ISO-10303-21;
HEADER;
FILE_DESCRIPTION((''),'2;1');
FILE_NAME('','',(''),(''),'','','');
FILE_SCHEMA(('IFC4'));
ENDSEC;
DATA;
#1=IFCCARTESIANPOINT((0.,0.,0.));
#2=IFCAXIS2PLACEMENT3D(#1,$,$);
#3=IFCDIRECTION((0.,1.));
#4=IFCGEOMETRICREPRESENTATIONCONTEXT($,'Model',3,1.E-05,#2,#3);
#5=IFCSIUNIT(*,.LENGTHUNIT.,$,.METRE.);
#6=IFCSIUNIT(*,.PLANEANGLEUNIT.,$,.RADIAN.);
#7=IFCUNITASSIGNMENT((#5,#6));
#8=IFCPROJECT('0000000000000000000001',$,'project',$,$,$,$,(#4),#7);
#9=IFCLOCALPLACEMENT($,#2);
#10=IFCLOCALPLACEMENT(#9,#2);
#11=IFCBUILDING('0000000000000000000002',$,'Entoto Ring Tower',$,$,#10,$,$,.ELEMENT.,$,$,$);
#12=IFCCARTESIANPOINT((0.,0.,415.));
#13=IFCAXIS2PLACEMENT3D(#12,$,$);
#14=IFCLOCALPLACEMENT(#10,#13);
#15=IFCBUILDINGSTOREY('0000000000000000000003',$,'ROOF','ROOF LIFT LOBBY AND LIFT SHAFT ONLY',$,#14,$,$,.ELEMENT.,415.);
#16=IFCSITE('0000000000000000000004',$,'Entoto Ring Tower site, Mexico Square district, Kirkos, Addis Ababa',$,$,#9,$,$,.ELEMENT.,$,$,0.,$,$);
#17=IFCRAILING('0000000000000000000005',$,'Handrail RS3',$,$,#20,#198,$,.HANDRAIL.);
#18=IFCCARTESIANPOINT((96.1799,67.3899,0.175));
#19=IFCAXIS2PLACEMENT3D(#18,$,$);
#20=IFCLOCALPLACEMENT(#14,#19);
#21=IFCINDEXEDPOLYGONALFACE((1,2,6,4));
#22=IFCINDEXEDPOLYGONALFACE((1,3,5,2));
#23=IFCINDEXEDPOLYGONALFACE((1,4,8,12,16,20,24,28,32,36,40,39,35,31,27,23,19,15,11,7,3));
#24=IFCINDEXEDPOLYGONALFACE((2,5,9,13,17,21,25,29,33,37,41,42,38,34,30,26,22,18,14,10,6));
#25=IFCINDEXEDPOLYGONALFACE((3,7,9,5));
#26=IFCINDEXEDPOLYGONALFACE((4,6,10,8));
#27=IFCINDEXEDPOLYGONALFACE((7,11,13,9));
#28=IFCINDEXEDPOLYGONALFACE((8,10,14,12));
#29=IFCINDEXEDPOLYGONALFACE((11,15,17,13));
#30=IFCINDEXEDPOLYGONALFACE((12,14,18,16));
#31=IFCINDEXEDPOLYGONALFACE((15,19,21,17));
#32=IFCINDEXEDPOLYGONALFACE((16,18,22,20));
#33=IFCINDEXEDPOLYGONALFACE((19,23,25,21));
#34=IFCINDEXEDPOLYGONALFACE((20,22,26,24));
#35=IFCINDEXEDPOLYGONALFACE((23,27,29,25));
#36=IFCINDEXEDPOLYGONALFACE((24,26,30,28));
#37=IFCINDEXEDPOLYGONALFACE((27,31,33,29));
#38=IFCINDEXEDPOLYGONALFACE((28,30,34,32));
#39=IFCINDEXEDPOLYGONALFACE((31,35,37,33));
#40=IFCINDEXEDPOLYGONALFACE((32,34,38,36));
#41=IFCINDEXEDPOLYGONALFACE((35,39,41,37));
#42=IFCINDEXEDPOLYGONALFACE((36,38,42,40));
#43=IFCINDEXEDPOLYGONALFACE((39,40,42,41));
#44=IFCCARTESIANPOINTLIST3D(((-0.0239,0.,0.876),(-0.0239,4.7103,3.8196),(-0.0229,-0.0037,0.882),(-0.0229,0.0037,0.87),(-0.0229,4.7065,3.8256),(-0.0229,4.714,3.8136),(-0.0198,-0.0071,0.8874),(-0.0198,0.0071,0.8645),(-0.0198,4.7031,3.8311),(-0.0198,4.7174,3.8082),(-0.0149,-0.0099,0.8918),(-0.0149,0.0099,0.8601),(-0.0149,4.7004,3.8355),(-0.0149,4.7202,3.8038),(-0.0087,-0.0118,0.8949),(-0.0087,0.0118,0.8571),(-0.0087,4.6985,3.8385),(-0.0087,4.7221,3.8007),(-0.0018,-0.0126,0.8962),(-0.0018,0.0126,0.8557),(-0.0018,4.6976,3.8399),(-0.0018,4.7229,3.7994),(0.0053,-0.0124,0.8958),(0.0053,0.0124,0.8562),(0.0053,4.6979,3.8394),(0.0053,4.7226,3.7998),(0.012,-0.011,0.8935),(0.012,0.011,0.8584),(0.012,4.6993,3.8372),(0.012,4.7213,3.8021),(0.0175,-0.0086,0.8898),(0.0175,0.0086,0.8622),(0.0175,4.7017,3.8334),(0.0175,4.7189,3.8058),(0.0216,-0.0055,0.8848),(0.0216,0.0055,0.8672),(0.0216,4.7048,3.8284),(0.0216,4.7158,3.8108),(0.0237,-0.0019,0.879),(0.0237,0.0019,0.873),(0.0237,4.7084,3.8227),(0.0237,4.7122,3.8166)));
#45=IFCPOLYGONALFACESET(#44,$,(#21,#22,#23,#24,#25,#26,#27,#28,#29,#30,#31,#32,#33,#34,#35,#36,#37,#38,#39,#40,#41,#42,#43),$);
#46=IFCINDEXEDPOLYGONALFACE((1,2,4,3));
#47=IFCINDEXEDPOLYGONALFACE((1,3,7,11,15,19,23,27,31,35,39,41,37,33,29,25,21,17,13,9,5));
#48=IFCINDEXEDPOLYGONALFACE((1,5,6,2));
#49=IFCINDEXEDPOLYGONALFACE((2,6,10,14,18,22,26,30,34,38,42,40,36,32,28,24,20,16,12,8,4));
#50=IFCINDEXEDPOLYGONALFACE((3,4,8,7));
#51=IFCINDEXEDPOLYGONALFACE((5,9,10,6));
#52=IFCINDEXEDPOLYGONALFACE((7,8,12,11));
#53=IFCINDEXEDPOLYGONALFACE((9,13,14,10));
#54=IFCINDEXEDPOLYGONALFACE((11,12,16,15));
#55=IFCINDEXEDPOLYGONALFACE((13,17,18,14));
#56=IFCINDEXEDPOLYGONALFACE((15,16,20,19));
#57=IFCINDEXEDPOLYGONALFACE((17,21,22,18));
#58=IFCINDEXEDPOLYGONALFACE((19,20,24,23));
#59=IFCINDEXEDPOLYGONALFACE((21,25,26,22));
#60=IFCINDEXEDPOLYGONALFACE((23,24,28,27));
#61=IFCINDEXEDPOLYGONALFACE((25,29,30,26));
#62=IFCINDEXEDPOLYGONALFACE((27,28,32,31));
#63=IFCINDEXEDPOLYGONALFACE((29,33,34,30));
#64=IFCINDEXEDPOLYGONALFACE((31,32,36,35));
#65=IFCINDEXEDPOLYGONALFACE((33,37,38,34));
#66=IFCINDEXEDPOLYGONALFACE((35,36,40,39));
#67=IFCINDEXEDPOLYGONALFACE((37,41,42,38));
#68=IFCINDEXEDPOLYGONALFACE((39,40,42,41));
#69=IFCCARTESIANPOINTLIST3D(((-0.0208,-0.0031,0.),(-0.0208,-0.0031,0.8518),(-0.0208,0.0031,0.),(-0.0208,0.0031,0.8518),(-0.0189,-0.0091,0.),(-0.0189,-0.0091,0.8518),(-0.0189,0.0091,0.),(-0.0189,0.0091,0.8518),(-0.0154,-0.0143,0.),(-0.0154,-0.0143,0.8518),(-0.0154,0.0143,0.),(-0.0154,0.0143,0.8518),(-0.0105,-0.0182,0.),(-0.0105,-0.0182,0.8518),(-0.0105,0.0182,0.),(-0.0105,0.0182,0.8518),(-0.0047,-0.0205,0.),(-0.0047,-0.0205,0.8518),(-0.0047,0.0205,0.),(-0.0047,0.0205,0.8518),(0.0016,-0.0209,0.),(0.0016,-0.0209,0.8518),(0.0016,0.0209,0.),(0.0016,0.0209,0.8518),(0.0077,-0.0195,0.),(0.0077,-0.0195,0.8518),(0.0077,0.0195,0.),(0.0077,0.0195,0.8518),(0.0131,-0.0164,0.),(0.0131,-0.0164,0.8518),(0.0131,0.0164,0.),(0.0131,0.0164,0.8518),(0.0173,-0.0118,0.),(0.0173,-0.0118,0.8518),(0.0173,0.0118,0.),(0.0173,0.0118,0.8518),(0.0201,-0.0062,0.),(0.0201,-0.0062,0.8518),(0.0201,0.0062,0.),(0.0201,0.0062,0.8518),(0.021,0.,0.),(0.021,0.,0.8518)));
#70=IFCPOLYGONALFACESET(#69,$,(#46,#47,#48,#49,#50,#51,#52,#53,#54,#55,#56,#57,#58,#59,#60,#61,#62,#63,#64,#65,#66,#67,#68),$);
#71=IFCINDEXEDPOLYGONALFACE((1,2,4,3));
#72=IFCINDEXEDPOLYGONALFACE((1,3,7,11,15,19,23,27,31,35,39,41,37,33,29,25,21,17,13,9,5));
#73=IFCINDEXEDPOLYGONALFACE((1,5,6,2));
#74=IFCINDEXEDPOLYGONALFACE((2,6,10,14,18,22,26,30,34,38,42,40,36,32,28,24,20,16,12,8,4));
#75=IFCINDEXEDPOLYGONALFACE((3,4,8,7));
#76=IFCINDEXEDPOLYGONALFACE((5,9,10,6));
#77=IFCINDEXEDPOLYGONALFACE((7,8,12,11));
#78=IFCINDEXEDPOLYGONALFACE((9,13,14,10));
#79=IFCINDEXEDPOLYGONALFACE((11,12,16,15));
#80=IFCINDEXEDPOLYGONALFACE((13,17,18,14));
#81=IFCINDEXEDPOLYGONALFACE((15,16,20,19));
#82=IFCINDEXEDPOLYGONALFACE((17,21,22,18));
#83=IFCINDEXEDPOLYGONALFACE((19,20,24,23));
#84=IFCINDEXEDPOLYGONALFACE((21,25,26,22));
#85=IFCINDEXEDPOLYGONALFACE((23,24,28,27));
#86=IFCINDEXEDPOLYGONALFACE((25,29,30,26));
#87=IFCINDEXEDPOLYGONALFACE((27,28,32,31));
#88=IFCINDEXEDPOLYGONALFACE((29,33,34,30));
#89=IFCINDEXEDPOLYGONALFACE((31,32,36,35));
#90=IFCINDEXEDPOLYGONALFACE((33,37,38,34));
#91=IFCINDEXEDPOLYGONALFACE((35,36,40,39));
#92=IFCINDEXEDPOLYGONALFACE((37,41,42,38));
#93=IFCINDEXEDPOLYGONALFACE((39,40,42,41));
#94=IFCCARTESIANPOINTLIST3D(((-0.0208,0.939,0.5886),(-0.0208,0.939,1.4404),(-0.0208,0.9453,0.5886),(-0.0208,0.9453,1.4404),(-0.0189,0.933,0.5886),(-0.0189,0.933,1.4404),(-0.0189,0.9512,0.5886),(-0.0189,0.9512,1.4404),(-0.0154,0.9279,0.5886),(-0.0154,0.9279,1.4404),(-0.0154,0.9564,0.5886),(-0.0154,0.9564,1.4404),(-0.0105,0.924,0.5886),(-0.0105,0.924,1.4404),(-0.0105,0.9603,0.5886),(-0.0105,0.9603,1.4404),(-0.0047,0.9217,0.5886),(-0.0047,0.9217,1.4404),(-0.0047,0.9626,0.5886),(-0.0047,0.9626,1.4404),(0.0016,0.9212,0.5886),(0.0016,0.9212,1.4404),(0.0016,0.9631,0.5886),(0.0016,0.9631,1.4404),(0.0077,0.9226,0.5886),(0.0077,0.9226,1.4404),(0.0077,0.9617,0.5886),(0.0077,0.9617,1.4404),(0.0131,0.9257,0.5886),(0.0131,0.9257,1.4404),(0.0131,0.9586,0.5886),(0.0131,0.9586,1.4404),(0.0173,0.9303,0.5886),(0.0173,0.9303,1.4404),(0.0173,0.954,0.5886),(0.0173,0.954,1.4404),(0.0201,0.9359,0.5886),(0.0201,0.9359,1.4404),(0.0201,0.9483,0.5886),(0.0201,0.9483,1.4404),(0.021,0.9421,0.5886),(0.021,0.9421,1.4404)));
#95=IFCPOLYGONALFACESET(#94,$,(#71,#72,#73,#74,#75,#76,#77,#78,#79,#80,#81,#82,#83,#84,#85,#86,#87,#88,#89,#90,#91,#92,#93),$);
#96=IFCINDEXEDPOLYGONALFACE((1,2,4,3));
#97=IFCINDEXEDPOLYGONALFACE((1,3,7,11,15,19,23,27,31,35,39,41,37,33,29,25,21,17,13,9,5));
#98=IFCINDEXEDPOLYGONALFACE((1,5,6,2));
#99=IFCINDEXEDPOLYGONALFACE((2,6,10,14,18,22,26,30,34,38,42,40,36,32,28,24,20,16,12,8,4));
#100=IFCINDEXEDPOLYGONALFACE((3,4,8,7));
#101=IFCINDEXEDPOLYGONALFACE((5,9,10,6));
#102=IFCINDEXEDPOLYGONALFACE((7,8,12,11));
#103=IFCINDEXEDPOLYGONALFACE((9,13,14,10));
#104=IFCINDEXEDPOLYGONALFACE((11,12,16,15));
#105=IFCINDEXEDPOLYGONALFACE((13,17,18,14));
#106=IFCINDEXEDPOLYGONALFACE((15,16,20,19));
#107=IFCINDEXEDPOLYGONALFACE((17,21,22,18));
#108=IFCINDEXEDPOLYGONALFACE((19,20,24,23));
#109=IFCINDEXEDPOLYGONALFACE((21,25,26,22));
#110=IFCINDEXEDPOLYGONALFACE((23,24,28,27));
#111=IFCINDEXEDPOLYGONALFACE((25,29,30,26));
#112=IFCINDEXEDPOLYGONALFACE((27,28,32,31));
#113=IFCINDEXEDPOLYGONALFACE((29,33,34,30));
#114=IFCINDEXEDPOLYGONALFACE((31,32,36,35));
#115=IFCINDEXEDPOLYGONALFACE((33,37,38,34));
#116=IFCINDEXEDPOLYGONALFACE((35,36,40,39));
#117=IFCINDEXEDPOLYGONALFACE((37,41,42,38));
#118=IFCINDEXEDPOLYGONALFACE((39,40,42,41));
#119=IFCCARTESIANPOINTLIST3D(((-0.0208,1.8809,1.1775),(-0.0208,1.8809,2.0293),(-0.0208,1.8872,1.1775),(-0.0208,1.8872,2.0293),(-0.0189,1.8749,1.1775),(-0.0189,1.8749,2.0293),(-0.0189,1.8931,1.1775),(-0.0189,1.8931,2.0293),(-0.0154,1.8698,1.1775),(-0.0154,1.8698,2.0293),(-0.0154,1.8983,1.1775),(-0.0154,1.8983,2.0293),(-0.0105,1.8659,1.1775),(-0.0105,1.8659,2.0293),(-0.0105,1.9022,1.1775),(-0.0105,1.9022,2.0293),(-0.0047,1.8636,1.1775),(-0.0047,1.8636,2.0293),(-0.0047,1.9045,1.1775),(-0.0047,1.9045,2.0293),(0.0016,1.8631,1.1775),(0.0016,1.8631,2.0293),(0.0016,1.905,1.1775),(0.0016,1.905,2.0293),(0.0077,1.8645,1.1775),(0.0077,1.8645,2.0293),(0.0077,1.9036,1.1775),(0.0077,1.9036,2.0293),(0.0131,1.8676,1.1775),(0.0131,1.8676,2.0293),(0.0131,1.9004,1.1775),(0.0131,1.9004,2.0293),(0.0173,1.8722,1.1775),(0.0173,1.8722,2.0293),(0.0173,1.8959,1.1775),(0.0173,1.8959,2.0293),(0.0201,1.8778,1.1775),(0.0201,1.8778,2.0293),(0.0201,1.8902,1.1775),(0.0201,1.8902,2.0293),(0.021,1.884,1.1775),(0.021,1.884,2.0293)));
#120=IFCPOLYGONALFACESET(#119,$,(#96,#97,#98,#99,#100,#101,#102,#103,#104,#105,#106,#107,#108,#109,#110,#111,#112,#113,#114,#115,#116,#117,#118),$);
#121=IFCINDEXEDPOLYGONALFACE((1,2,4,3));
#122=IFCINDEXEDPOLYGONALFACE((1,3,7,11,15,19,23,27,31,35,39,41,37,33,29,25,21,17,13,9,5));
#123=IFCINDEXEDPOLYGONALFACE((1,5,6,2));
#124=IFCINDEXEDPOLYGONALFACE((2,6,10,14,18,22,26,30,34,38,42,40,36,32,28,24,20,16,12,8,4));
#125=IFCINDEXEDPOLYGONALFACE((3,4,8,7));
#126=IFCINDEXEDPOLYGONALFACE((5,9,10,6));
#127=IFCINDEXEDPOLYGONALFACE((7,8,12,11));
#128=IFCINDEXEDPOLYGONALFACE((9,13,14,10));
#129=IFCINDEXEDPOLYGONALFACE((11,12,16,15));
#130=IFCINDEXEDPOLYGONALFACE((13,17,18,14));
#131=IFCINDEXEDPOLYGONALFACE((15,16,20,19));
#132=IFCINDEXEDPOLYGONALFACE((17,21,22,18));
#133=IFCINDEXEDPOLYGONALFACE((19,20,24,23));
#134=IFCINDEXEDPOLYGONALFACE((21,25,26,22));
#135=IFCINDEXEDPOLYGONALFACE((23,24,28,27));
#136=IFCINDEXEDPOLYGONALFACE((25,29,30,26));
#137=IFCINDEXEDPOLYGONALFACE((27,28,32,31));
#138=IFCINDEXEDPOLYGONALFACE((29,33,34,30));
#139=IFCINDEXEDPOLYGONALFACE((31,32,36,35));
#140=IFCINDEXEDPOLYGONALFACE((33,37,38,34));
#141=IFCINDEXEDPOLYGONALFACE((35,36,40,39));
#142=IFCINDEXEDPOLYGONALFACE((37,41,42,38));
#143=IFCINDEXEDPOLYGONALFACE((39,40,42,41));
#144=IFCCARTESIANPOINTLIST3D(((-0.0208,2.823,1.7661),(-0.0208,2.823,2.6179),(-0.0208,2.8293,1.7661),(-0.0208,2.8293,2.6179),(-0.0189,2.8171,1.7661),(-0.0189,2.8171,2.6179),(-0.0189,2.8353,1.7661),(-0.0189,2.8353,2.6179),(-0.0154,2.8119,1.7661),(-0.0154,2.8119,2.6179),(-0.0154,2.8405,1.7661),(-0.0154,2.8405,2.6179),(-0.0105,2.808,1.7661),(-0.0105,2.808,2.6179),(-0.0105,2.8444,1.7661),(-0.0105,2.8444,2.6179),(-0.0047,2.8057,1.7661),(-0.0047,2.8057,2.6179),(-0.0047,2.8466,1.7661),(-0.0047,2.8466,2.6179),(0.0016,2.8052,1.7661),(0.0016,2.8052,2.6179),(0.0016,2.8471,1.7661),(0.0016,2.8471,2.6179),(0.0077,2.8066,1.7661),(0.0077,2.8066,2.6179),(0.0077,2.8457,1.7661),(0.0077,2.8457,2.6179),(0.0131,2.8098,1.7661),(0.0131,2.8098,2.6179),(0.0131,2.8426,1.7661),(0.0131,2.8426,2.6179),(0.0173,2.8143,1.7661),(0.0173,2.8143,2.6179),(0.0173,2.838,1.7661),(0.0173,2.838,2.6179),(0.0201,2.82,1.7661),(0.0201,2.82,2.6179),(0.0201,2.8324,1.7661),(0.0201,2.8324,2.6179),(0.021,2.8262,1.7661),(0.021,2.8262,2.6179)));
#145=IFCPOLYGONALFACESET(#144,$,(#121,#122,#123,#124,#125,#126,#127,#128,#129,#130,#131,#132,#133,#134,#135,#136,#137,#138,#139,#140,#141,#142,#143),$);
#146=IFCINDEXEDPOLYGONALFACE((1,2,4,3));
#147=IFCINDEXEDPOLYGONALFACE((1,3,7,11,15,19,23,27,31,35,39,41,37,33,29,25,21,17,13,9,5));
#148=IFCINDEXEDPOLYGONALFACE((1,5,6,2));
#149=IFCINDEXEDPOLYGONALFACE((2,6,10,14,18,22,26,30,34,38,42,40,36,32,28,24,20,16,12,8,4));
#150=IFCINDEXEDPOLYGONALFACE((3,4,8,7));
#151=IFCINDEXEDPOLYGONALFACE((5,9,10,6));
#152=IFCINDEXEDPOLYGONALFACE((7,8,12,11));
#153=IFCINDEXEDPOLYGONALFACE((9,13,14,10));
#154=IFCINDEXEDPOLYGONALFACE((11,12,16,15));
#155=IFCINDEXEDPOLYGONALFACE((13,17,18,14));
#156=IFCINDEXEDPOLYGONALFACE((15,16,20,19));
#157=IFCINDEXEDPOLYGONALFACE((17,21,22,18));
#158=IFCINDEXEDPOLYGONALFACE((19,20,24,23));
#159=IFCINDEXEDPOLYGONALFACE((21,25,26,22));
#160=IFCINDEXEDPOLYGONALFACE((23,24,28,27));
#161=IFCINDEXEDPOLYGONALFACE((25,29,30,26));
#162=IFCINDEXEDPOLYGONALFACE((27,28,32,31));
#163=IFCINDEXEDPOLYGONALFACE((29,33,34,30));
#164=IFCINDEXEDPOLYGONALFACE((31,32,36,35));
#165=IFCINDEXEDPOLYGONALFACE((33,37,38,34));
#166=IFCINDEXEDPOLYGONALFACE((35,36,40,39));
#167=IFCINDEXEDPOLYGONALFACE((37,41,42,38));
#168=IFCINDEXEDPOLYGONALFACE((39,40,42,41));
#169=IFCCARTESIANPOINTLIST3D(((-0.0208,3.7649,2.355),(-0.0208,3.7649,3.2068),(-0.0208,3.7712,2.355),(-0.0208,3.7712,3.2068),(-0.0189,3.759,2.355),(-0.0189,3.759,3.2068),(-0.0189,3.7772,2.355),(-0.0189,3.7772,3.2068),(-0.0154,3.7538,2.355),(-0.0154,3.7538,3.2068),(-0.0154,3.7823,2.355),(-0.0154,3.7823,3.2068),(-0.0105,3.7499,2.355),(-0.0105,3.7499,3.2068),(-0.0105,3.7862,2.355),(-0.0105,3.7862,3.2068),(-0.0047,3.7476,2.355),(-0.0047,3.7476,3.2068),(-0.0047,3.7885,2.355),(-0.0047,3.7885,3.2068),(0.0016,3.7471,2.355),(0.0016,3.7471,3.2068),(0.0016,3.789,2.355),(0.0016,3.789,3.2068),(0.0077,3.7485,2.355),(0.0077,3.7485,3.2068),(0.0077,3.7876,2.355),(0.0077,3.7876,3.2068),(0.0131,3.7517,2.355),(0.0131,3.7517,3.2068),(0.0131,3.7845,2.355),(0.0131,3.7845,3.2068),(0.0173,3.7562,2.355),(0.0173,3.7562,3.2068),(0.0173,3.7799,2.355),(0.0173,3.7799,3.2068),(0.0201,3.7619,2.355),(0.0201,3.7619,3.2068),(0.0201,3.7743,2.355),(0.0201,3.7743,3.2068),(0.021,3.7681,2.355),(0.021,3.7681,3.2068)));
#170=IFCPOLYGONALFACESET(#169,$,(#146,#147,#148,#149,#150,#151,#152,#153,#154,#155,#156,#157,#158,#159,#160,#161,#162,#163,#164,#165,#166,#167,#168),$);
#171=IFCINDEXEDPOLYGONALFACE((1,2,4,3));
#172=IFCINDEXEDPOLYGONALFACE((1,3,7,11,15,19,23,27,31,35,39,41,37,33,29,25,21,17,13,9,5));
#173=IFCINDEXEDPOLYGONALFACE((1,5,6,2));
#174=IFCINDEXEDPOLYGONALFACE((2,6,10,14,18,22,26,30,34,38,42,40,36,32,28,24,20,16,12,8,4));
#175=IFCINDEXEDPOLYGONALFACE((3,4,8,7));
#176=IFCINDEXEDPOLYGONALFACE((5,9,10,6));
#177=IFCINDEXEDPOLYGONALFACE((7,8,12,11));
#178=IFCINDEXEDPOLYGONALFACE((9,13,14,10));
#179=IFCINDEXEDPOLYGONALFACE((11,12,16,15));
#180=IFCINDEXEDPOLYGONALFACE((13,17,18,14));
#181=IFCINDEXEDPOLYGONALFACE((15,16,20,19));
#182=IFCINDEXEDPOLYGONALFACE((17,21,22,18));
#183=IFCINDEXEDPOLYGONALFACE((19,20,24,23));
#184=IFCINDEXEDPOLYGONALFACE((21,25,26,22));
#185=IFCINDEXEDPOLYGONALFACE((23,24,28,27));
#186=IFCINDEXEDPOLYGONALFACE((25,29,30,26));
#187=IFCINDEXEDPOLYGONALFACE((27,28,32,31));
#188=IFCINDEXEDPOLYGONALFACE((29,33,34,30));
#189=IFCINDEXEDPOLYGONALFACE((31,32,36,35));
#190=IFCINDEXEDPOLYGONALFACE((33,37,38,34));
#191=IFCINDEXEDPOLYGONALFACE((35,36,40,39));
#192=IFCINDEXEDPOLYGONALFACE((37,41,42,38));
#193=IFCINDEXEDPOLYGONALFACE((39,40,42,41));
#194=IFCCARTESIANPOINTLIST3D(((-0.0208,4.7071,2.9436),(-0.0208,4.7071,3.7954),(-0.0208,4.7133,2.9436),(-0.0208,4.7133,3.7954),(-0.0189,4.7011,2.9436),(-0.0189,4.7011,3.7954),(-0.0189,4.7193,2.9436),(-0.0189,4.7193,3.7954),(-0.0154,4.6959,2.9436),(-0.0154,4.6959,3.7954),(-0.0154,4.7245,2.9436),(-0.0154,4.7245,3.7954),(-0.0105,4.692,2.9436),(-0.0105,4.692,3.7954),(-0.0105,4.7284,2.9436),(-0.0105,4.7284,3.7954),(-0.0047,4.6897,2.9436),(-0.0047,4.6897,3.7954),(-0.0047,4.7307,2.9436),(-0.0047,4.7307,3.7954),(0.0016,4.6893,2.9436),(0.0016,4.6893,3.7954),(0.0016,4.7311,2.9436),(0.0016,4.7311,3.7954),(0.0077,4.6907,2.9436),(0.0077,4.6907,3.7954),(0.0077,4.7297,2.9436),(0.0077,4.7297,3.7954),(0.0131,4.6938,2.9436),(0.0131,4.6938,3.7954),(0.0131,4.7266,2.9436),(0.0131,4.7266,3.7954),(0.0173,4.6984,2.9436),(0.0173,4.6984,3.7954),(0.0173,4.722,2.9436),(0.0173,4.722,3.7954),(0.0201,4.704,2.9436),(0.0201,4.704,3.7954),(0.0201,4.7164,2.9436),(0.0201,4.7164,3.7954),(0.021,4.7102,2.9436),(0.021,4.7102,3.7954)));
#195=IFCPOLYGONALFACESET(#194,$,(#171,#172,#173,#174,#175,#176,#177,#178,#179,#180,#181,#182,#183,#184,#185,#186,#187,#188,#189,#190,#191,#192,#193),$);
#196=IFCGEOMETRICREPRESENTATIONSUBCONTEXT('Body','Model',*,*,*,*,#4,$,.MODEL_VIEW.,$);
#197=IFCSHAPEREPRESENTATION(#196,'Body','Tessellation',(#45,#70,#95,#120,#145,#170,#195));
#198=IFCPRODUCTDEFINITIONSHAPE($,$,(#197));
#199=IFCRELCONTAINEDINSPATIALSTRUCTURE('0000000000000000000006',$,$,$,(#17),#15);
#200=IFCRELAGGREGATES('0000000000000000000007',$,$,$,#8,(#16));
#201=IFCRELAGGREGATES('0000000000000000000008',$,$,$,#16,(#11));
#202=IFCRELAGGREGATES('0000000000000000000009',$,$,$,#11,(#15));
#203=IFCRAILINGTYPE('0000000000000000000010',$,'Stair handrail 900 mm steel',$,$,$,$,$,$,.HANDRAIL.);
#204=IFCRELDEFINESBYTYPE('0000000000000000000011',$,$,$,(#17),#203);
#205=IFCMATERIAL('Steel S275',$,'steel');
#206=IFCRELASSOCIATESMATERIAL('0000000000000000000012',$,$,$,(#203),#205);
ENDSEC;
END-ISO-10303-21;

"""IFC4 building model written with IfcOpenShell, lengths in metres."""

from ifc_helpers import new_model, si_unit, direction, frame, origin, origin_2d, place, context, subcontext, project, spatial, circle, extrude, material, type_object, element, save


model = new_model("IFC4")

# Units and contexts
model_context = context("Model", 3, precision=1e-05, world=origin(), true_north=direction((0.0, 1.0)))
body_context = subcontext(model_context, "Body", "Model", "MODEL_VIEW")
ifc_project = project(units=[si_unit("LENGTHUNIT", "METRE"), si_unit("PLANEANGLEUNIT", "RADIAN")], contexts=[model_context])

# Site, building, storey
site_placement = place(None, origin())
site = spatial("IfcSite", under=ifc_project, at=site_placement, Name="Entoto Ring Tower site, Mexico Square district, Kirkos, Addis Ababa", CompositionType="ELEMENT", RefElevation=0.0)
building_placement = place(site_placement, origin())
building = spatial("IfcBuilding", under=site, at=building_placement, Name="Entoto Ring Tower", CompositionType="ELEMENT")
storey_placement = place(building_placement, frame((0.0, 0.0, 415.0)))
storey = spatial("IfcBuildingStorey", under=building, at=storey_placement, Name="ROOF", Description="ROOF LIFT LOBBY AND LIFT SHAFT ONLY", CompositionType="ELEMENT", Elevation=415.0)

# Railing
ifc_material_1 = material(Name="Steel S275", Category="steel")
railing_type_1 = type_object("IfcRailingType", Name="Stair handrail 900 mm steel", PredefinedType="HANDRAIL", material=ifc_material_1)
for number, where, name in (
    (1, (96.1799, 67.3899, 0.175), "Handrail RS3"),
):
    element("IfcRailing", number, at=place(storey_placement, frame(where)), inside=storey, type_object=railing_type_1, Name=name, PredefinedType="HANDRAIL", context=body_context, shape_type="SweptSolid", body=[
        extrude(circle(Radius=0.0239, at=origin_2d()), frame((0.0, 0.0, 0.876), z_axis=(0.0, 0.848021, 0.529963), x_axis=(-1.0, 0.0, 0.0)), (0.0, 0.0, 1.0), 5.5544),
        extrude(circle(Radius=0.021, at=origin_2d()), origin(), (0.0, 0.0, 1.0), 0.8518),
        extrude(circle(Radius=0.021, at=origin_2d()), frame((0.0, 0.9421, 0.5886)), (0.0, 0.0, 1.0), 0.8518),
        extrude(circle(Radius=0.021, at=origin_2d()), frame((0.0, 1.884, 1.1775)), (0.0, 0.0, 1.0), 0.8518),
        extrude(circle(Radius=0.021, at=origin_2d()), frame((0.0, 2.8262, 1.7661)), (0.0, 0.0, 1.0), 0.8518),
        extrude(circle(Radius=0.021, at=origin_2d()), frame((0.0, 3.7681, 2.355)), (0.0, 0.0, 1.0), 0.8518),
        extrude(circle(Radius=0.021, at=origin_2d()), frame((0.0, 4.7102, 2.9436)), (0.0, 0.0, 1.0), 0.8518),
    ])

save(model, "model.ifc")
